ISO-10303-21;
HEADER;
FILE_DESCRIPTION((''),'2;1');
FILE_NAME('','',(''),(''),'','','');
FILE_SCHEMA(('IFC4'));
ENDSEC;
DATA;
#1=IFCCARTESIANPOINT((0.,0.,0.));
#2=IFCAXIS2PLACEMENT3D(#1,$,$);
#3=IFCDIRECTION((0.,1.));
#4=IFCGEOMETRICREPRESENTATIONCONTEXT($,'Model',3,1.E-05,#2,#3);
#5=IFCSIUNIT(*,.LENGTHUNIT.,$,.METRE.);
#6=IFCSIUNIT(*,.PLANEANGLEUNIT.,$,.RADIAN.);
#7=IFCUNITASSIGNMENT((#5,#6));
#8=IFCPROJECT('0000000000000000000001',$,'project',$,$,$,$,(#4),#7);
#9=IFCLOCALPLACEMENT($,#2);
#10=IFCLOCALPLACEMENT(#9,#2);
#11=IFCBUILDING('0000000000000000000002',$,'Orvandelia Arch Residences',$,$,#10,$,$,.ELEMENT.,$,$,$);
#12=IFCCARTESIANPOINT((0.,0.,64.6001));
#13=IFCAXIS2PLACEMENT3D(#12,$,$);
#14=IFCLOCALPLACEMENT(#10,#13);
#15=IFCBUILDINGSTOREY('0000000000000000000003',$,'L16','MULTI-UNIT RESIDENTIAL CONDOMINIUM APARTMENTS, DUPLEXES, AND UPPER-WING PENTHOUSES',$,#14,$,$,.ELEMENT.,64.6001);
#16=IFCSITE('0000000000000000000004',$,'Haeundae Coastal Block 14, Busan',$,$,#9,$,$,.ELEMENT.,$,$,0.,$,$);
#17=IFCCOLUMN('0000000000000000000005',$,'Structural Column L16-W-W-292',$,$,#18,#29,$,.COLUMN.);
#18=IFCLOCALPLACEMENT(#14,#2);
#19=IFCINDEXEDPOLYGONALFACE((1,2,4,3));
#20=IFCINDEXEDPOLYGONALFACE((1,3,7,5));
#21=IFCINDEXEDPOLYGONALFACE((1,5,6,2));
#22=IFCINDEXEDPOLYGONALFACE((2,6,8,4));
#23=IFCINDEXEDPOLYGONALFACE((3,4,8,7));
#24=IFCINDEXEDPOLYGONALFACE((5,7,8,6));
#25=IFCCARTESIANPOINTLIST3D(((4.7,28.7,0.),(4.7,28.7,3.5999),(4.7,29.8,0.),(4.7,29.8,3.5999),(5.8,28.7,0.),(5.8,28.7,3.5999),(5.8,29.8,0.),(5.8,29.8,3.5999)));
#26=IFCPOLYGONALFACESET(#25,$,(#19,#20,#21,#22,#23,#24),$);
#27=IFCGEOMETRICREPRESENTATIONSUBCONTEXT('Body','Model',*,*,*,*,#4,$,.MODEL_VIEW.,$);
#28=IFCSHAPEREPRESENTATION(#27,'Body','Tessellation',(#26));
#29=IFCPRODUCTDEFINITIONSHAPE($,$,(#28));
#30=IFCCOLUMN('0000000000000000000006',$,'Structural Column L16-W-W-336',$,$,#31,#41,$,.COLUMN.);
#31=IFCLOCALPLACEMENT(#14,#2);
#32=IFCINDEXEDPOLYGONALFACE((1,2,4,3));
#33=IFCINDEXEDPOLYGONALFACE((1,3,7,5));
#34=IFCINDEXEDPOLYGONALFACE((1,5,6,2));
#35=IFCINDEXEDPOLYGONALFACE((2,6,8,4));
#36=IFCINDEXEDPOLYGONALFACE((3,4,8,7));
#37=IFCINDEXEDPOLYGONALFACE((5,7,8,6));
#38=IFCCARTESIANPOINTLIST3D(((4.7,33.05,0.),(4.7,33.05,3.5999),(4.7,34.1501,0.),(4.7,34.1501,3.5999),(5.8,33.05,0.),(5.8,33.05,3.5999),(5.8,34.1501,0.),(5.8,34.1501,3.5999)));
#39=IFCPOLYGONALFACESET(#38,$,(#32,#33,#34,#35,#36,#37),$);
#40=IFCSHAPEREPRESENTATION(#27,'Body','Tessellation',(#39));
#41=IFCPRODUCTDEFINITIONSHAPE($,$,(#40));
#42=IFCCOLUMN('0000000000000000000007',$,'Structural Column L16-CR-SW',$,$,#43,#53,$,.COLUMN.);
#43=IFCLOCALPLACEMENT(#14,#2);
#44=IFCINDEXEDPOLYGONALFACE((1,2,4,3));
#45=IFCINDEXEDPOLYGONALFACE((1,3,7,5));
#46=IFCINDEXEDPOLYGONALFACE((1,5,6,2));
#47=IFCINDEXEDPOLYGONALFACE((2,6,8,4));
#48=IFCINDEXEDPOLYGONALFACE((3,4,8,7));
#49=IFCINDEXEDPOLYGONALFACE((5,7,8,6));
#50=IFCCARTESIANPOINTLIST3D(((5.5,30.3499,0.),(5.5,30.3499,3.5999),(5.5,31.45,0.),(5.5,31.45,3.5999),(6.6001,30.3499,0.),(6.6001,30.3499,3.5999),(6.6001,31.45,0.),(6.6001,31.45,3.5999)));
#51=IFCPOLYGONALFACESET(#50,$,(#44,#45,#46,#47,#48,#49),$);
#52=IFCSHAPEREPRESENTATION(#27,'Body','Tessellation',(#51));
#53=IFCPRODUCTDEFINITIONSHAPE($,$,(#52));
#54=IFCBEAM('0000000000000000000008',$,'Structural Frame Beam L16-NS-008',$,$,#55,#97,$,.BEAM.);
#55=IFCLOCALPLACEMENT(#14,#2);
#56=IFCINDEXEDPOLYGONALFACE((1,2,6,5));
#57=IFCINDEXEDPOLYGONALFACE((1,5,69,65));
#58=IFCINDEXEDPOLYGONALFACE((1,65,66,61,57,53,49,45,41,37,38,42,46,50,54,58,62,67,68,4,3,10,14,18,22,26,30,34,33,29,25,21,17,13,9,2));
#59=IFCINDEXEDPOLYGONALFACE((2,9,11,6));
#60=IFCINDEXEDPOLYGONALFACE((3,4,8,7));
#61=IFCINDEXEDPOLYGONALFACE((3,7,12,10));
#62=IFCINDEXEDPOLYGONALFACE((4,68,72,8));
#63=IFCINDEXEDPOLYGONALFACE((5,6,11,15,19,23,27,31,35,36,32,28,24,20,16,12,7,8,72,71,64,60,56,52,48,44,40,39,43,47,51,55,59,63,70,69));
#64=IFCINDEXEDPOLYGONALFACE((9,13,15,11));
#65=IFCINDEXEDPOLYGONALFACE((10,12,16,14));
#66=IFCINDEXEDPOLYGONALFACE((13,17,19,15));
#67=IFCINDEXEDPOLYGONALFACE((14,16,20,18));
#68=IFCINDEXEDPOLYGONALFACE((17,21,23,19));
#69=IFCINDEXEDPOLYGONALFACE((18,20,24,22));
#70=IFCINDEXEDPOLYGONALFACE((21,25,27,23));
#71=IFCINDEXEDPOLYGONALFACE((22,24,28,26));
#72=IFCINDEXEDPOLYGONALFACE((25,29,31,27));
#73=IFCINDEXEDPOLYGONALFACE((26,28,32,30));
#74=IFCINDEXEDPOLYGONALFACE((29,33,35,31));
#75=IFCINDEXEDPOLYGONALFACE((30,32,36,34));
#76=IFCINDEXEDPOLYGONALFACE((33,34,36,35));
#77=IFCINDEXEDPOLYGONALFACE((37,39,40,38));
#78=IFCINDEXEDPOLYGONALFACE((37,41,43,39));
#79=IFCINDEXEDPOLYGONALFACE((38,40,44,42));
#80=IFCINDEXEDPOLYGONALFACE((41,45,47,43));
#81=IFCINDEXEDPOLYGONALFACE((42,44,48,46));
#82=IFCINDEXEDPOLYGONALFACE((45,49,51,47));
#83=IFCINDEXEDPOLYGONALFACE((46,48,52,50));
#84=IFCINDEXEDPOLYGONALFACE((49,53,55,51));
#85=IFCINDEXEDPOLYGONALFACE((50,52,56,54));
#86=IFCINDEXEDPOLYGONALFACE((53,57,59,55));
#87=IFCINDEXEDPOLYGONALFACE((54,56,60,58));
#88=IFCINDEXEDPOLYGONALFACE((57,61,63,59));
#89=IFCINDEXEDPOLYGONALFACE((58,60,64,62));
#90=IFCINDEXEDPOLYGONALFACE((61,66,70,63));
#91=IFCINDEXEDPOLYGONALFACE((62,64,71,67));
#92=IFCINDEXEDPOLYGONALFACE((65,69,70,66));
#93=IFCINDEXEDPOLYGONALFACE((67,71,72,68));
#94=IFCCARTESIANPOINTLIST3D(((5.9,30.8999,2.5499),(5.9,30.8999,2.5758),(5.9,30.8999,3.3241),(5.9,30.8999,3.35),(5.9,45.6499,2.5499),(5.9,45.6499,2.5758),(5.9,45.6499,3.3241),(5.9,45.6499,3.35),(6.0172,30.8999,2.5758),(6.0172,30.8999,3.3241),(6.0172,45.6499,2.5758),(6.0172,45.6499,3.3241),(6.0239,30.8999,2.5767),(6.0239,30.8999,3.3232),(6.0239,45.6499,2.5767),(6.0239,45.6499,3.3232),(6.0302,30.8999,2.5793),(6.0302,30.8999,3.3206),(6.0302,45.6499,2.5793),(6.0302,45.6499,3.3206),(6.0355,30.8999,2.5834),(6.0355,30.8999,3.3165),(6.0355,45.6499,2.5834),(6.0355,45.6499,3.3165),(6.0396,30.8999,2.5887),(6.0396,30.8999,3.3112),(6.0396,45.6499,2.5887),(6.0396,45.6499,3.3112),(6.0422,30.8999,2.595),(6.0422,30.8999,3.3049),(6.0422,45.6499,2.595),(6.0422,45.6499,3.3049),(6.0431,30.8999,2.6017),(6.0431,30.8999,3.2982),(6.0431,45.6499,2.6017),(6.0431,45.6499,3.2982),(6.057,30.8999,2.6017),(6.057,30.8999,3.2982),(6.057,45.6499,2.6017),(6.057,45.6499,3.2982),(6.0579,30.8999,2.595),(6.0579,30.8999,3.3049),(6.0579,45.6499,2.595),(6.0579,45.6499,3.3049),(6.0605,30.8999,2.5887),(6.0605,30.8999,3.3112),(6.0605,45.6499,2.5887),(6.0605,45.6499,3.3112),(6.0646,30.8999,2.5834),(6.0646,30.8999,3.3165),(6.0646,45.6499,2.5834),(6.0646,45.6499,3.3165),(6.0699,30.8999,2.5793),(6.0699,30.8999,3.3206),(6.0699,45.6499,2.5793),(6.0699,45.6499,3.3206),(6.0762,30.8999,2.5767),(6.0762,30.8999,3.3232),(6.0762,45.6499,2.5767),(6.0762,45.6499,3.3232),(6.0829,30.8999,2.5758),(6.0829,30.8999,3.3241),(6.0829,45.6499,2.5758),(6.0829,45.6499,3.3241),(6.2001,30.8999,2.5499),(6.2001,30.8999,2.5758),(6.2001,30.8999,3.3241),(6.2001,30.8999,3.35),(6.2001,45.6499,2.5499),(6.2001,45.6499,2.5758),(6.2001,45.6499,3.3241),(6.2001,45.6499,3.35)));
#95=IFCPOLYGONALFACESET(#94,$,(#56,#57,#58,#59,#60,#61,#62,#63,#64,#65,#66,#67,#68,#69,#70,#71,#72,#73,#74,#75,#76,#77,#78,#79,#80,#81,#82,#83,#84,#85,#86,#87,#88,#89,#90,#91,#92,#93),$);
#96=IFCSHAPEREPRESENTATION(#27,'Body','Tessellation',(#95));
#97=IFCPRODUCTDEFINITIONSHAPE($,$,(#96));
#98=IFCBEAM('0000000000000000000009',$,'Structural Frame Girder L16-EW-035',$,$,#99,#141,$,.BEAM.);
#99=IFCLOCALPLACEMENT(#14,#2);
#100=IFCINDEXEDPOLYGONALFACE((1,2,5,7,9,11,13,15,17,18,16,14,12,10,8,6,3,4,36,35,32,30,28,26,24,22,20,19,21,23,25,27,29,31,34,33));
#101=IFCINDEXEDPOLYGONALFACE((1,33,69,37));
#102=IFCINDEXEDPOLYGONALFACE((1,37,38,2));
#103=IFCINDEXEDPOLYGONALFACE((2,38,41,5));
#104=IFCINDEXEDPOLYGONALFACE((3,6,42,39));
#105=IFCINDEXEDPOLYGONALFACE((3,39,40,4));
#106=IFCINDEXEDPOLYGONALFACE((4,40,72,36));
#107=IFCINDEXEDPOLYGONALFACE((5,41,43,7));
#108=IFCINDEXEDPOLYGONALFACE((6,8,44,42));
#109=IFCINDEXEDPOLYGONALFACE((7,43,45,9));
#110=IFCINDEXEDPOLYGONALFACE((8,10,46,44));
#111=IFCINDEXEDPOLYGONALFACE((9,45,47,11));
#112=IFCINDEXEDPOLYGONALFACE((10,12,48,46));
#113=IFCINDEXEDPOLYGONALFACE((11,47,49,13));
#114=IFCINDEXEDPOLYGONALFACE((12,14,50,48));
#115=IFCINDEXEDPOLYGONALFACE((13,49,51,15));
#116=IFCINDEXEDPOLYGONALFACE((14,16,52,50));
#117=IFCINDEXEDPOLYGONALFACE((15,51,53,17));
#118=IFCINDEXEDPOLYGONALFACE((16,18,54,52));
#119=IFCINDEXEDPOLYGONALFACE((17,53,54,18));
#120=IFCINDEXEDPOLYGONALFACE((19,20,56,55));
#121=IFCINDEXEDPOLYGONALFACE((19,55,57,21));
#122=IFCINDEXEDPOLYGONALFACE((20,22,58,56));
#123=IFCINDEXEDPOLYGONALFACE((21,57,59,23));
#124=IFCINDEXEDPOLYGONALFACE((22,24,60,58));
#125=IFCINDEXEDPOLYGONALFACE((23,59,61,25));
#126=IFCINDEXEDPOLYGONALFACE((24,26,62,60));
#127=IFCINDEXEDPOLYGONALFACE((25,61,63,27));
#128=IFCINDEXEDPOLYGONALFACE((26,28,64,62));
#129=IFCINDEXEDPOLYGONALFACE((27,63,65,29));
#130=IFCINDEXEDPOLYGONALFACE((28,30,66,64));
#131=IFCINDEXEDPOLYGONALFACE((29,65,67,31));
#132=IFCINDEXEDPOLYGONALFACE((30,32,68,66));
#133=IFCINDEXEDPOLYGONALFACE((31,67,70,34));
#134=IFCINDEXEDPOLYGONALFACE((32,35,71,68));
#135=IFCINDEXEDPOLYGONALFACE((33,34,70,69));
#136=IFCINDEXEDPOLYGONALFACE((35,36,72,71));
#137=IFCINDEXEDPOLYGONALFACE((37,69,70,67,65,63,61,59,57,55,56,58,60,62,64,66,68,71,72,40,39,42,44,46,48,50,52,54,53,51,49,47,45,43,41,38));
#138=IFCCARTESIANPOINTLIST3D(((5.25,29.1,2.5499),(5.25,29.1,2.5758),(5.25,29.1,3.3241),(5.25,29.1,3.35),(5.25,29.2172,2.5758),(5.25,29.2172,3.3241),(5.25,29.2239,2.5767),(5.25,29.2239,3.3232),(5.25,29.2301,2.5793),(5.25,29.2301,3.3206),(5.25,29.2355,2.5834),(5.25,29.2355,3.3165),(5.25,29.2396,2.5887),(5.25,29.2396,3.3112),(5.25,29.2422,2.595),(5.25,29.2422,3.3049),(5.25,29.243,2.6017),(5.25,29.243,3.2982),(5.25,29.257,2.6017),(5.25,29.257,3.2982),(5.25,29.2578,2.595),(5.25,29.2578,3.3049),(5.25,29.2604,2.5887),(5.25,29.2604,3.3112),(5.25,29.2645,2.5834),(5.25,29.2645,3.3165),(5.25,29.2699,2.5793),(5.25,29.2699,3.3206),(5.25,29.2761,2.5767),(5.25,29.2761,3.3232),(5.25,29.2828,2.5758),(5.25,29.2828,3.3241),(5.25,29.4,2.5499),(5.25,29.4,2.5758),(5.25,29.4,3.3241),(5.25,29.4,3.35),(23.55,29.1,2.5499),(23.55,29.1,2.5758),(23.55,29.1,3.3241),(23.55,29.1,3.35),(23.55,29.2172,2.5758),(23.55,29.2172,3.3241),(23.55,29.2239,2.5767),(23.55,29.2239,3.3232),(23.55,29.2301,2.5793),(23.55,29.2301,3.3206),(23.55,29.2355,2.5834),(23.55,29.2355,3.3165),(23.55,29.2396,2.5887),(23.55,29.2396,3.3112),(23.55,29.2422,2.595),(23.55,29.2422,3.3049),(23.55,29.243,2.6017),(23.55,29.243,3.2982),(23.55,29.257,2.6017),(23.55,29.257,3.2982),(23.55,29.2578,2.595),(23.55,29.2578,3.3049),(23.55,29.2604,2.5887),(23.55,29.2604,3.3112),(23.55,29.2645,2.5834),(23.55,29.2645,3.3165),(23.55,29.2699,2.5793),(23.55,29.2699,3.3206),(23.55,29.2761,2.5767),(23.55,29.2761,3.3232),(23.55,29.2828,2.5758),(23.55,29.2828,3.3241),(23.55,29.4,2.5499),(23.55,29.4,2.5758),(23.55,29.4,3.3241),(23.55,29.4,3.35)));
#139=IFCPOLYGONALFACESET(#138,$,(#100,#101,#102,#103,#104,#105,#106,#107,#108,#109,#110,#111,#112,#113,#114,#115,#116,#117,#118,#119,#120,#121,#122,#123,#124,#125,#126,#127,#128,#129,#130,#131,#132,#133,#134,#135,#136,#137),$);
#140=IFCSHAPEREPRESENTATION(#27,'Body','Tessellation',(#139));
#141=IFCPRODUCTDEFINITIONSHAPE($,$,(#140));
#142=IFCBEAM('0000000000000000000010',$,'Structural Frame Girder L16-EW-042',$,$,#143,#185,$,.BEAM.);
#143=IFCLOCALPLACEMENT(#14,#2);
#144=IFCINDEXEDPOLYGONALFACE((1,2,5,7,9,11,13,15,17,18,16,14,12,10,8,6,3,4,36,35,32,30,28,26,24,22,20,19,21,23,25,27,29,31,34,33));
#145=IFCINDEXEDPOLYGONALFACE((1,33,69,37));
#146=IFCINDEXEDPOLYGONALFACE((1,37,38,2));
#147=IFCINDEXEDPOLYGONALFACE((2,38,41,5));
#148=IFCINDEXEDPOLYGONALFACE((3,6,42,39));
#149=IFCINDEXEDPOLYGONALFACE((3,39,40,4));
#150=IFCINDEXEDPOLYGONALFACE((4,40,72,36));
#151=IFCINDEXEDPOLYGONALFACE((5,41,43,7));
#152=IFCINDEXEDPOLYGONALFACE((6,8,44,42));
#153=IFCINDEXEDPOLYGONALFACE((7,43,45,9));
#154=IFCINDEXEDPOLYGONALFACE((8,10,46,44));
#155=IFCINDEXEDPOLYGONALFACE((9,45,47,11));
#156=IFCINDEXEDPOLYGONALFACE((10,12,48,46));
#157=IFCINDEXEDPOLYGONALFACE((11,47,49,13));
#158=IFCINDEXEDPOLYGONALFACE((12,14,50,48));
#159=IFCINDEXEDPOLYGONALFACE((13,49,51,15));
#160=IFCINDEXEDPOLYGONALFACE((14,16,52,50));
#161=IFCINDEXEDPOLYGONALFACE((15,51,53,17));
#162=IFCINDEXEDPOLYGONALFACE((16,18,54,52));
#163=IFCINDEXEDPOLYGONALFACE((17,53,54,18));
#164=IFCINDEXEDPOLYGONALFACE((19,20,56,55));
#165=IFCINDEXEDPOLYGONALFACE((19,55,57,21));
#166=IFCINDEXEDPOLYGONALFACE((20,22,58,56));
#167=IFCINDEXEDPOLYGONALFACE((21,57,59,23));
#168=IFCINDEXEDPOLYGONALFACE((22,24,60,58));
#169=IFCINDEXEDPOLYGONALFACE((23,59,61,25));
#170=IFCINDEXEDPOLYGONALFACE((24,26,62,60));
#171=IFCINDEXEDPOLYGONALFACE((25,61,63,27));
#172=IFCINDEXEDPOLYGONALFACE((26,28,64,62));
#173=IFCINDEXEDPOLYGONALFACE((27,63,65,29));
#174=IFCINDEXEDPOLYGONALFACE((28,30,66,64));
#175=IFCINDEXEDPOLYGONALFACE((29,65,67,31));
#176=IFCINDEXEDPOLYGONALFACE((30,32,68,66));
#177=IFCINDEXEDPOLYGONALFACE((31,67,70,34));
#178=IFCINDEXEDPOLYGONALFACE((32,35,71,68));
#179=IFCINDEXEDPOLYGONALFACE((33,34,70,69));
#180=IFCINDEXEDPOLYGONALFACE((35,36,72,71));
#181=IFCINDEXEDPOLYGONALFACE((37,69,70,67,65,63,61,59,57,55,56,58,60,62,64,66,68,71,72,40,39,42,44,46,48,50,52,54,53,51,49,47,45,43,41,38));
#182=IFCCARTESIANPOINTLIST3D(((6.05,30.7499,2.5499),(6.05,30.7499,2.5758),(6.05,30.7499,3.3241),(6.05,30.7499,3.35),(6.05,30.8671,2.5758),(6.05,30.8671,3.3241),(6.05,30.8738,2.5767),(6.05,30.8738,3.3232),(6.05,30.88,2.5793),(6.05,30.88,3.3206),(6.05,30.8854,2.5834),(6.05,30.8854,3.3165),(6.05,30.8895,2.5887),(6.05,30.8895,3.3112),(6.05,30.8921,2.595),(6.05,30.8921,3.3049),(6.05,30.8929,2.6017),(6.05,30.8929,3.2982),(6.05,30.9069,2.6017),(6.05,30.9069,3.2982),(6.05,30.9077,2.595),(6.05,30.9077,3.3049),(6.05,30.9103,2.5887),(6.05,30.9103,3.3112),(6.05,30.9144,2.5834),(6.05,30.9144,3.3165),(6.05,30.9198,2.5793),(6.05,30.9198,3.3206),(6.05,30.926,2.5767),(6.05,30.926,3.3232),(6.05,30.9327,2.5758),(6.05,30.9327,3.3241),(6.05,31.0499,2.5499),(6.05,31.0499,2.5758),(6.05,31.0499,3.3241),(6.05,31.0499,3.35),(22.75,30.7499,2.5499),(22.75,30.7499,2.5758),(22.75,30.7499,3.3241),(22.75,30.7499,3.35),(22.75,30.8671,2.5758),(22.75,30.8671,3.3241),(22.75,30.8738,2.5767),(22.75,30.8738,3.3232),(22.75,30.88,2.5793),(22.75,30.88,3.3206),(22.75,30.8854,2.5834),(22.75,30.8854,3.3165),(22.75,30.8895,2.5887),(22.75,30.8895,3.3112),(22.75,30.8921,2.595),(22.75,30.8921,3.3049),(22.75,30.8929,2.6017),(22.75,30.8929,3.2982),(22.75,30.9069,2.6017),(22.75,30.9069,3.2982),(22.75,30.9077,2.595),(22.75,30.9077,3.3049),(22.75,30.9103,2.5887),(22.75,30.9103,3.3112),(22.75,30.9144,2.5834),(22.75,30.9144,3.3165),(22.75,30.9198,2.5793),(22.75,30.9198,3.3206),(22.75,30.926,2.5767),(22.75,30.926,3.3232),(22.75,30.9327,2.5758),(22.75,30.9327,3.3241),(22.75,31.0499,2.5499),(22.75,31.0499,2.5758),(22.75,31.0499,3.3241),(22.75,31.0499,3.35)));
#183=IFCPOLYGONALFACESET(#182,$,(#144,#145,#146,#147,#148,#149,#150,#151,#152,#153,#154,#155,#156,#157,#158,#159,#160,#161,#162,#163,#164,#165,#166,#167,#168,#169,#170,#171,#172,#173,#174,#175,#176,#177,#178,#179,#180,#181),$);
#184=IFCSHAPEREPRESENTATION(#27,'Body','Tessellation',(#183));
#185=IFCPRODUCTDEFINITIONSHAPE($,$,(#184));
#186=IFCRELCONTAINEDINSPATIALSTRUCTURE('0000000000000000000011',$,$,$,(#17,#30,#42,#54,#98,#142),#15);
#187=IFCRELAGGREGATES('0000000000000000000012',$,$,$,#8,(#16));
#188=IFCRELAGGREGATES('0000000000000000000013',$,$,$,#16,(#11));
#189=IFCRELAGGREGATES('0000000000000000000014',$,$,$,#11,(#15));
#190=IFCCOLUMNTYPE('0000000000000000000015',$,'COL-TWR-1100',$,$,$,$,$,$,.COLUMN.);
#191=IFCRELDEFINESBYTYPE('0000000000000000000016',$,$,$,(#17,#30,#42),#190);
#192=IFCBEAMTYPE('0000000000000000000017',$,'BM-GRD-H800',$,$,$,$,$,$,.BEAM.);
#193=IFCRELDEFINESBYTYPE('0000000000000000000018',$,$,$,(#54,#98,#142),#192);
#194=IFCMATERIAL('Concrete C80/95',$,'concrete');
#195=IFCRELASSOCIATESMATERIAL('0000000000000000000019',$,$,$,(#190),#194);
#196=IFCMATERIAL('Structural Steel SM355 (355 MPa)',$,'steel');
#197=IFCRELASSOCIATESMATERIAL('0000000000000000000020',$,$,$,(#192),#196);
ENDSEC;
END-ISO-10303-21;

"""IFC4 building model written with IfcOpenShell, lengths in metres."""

from ifc_helpers import new_model, si_unit, direction, frame, origin, origin_2d, place, context, subcontext, project, spatial, rectangle, i_section, extrude, material, material_profile, profile_set, type_object, element, save


model = new_model("IFC4")

# Units and contexts
model_context = context("Model", 3, precision=1e-05, world=origin(), true_north=direction((0.0, 1.0)))
body_context = subcontext(model_context, "Body", "Model", "MODEL_VIEW")
ifc_project = project(units=[si_unit("LENGTHUNIT", "METRE"), si_unit("PLANEANGLEUNIT", "RADIAN")], contexts=[model_context])

# Site, building, storey
site_placement = place(None, origin())
site = spatial("IfcSite", under=ifc_project, at=site_placement, Name="Haeundae Coastal Block 14, Busan", CompositionType="ELEMENT", RefElevation=0.0)
building_placement = place(site_placement, origin())
building = spatial("IfcBuilding", under=site, at=building_placement, Name="Orvandelia Arch Residences", CompositionType="ELEMENT")
storey_placement = place(building_placement, frame((0.0, 0.0, 64.6001)))
storey = spatial("IfcBuildingStorey", under=building, at=storey_placement, Name="L16", Description="MULTI-UNIT RESIDENTIAL CONDOMINIUM APARTMENTS, DUPLEXES, AND UPPER-WING PENTHOUSES", CompositionType="ELEMENT", Elevation=64.6001)

# Columns
ifc_material_1 = material(Name="Concrete C80/95", Category="concrete")
ifc_material_profile_1 = material_profile(ifc_material_1, rectangle(XDim=1.1001, YDim=1.1001, at=origin_2d()), Name="Concrete C80/95", Category="concrete")
ifc_profile_set_1 = profile_set([ifc_material_profile_1], Name="Concrete C80/95")
column_type = type_object("IfcColumnType", Name="COL-TWR-1100", PredefinedType="COLUMN", material=ifc_profile_set_1)
for number, where, z_axis, x_axis, name in (
    (1, (5.25, 29.25, 0.0), (0.0, 0.0, 1.0), (1.0, 0.0, 0.0), "Structural Column L16-W-W-292"),
    (2, (5.25, 33.6001, 0.0), (0.0, 0.0, 1.0), (1.0, 0.0, 0.0), "Structural Column L16-W-W-336"),
    (3, (6.05, 30.8999, 0.0), (0.0, 0.0, 1.0), (1.0, 0.0, 0.0), "Structural Column L16-CR-SW"),
):
    element("IfcColumn", number, at=place(storey_placement, frame(where, z_axis=z_axis, x_axis=x_axis)), inside=storey, type_object=column_type, Name=name, PredefinedType="COLUMN", context=body_context, shape_type="SweptSolid", body=[
        extrude(rectangle(XDim=1.1001, YDim=1.1001, at=origin_2d()), origin(), (0.0, 0.0, 1.0), 3.5999),
    ])

# Beams
ifc_material_2 = material(Name="Structural Steel SM355 (355 MPa)", Category="steel")
ifc_material_profile_2 = material_profile(ifc_material_2, i_section(OverallWidth=0.3, OverallDepth=0.8, WebThickness=0.0139, FlangeThickness=0.0259, FilletRadius=0.0259, at=origin_2d()), Name="Structural Steel SM355 (355 MPa)", Category="steel")
ifc_profile_set_2 = profile_set([ifc_material_profile_2], Name="Structural Steel SM355 (355 MPa)")
beam_type_1 = type_object("IfcBeamType", Name="BM-GRD-H800", PredefinedType="BEAM", material=ifc_profile_set_2)
beam_1_placement = place(storey_placement, frame((6.05, 30.8999, 2.95), z_axis=(0.0, 1.0, 0.0), x_axis=(-1.0, 0.0, 0.0)))
element("IfcBeam", 4, at=beam_1_placement, inside=storey, type_object=beam_type_1, Name="Structural Frame Beam L16-NS-008", PredefinedType="BEAM", context=body_context, shape_type="SweptSolid", body=[
    extrude(i_section(OverallWidth=0.3, OverallDepth=0.8, WebThickness=0.0139, FlangeThickness=0.0259, FilletRadius=0.0259, at=origin_2d()), origin(), (0.0, 0.0, 1.0), 14.75),
])
beam_2_placement = place(storey_placement, frame((5.25, 29.25, 2.95), z_axis=(1.0, 0.0, 0.0), x_axis=(0.0, 1.0, 0.0)))
element("IfcBeam", 5, at=beam_2_placement, inside=storey, type_object=beam_type_1, Name="Structural Frame Girder L16-EW-035", PredefinedType="BEAM", context=body_context, shape_type="SweptSolid", body=[
    extrude(i_section(OverallWidth=0.3, OverallDepth=0.8, WebThickness=0.0139, FlangeThickness=0.0259, FilletRadius=0.0259, at=origin_2d()), origin(), (0.0, 0.0, 1.0), 18.3),
])
beam_3_placement = place(storey_placement, frame((6.05, 30.8999, 2.95), z_axis=(1.0, 0.0, 0.0), x_axis=(0.0, 1.0, 0.0)))
element("IfcBeam", 6, at=beam_3_placement, inside=storey, type_object=beam_type_1, Name="Structural Frame Girder L16-EW-042", PredefinedType="BEAM", context=body_context, shape_type="SweptSolid", body=[
    extrude(i_section(OverallWidth=0.3, OverallDepth=0.8, WebThickness=0.0139, FlangeThickness=0.0259, FilletRadius=0.0259, at=origin_2d()), origin(), (0.0, 0.0, 1.0), 16.7),
])

save(model, "model.ifc")
